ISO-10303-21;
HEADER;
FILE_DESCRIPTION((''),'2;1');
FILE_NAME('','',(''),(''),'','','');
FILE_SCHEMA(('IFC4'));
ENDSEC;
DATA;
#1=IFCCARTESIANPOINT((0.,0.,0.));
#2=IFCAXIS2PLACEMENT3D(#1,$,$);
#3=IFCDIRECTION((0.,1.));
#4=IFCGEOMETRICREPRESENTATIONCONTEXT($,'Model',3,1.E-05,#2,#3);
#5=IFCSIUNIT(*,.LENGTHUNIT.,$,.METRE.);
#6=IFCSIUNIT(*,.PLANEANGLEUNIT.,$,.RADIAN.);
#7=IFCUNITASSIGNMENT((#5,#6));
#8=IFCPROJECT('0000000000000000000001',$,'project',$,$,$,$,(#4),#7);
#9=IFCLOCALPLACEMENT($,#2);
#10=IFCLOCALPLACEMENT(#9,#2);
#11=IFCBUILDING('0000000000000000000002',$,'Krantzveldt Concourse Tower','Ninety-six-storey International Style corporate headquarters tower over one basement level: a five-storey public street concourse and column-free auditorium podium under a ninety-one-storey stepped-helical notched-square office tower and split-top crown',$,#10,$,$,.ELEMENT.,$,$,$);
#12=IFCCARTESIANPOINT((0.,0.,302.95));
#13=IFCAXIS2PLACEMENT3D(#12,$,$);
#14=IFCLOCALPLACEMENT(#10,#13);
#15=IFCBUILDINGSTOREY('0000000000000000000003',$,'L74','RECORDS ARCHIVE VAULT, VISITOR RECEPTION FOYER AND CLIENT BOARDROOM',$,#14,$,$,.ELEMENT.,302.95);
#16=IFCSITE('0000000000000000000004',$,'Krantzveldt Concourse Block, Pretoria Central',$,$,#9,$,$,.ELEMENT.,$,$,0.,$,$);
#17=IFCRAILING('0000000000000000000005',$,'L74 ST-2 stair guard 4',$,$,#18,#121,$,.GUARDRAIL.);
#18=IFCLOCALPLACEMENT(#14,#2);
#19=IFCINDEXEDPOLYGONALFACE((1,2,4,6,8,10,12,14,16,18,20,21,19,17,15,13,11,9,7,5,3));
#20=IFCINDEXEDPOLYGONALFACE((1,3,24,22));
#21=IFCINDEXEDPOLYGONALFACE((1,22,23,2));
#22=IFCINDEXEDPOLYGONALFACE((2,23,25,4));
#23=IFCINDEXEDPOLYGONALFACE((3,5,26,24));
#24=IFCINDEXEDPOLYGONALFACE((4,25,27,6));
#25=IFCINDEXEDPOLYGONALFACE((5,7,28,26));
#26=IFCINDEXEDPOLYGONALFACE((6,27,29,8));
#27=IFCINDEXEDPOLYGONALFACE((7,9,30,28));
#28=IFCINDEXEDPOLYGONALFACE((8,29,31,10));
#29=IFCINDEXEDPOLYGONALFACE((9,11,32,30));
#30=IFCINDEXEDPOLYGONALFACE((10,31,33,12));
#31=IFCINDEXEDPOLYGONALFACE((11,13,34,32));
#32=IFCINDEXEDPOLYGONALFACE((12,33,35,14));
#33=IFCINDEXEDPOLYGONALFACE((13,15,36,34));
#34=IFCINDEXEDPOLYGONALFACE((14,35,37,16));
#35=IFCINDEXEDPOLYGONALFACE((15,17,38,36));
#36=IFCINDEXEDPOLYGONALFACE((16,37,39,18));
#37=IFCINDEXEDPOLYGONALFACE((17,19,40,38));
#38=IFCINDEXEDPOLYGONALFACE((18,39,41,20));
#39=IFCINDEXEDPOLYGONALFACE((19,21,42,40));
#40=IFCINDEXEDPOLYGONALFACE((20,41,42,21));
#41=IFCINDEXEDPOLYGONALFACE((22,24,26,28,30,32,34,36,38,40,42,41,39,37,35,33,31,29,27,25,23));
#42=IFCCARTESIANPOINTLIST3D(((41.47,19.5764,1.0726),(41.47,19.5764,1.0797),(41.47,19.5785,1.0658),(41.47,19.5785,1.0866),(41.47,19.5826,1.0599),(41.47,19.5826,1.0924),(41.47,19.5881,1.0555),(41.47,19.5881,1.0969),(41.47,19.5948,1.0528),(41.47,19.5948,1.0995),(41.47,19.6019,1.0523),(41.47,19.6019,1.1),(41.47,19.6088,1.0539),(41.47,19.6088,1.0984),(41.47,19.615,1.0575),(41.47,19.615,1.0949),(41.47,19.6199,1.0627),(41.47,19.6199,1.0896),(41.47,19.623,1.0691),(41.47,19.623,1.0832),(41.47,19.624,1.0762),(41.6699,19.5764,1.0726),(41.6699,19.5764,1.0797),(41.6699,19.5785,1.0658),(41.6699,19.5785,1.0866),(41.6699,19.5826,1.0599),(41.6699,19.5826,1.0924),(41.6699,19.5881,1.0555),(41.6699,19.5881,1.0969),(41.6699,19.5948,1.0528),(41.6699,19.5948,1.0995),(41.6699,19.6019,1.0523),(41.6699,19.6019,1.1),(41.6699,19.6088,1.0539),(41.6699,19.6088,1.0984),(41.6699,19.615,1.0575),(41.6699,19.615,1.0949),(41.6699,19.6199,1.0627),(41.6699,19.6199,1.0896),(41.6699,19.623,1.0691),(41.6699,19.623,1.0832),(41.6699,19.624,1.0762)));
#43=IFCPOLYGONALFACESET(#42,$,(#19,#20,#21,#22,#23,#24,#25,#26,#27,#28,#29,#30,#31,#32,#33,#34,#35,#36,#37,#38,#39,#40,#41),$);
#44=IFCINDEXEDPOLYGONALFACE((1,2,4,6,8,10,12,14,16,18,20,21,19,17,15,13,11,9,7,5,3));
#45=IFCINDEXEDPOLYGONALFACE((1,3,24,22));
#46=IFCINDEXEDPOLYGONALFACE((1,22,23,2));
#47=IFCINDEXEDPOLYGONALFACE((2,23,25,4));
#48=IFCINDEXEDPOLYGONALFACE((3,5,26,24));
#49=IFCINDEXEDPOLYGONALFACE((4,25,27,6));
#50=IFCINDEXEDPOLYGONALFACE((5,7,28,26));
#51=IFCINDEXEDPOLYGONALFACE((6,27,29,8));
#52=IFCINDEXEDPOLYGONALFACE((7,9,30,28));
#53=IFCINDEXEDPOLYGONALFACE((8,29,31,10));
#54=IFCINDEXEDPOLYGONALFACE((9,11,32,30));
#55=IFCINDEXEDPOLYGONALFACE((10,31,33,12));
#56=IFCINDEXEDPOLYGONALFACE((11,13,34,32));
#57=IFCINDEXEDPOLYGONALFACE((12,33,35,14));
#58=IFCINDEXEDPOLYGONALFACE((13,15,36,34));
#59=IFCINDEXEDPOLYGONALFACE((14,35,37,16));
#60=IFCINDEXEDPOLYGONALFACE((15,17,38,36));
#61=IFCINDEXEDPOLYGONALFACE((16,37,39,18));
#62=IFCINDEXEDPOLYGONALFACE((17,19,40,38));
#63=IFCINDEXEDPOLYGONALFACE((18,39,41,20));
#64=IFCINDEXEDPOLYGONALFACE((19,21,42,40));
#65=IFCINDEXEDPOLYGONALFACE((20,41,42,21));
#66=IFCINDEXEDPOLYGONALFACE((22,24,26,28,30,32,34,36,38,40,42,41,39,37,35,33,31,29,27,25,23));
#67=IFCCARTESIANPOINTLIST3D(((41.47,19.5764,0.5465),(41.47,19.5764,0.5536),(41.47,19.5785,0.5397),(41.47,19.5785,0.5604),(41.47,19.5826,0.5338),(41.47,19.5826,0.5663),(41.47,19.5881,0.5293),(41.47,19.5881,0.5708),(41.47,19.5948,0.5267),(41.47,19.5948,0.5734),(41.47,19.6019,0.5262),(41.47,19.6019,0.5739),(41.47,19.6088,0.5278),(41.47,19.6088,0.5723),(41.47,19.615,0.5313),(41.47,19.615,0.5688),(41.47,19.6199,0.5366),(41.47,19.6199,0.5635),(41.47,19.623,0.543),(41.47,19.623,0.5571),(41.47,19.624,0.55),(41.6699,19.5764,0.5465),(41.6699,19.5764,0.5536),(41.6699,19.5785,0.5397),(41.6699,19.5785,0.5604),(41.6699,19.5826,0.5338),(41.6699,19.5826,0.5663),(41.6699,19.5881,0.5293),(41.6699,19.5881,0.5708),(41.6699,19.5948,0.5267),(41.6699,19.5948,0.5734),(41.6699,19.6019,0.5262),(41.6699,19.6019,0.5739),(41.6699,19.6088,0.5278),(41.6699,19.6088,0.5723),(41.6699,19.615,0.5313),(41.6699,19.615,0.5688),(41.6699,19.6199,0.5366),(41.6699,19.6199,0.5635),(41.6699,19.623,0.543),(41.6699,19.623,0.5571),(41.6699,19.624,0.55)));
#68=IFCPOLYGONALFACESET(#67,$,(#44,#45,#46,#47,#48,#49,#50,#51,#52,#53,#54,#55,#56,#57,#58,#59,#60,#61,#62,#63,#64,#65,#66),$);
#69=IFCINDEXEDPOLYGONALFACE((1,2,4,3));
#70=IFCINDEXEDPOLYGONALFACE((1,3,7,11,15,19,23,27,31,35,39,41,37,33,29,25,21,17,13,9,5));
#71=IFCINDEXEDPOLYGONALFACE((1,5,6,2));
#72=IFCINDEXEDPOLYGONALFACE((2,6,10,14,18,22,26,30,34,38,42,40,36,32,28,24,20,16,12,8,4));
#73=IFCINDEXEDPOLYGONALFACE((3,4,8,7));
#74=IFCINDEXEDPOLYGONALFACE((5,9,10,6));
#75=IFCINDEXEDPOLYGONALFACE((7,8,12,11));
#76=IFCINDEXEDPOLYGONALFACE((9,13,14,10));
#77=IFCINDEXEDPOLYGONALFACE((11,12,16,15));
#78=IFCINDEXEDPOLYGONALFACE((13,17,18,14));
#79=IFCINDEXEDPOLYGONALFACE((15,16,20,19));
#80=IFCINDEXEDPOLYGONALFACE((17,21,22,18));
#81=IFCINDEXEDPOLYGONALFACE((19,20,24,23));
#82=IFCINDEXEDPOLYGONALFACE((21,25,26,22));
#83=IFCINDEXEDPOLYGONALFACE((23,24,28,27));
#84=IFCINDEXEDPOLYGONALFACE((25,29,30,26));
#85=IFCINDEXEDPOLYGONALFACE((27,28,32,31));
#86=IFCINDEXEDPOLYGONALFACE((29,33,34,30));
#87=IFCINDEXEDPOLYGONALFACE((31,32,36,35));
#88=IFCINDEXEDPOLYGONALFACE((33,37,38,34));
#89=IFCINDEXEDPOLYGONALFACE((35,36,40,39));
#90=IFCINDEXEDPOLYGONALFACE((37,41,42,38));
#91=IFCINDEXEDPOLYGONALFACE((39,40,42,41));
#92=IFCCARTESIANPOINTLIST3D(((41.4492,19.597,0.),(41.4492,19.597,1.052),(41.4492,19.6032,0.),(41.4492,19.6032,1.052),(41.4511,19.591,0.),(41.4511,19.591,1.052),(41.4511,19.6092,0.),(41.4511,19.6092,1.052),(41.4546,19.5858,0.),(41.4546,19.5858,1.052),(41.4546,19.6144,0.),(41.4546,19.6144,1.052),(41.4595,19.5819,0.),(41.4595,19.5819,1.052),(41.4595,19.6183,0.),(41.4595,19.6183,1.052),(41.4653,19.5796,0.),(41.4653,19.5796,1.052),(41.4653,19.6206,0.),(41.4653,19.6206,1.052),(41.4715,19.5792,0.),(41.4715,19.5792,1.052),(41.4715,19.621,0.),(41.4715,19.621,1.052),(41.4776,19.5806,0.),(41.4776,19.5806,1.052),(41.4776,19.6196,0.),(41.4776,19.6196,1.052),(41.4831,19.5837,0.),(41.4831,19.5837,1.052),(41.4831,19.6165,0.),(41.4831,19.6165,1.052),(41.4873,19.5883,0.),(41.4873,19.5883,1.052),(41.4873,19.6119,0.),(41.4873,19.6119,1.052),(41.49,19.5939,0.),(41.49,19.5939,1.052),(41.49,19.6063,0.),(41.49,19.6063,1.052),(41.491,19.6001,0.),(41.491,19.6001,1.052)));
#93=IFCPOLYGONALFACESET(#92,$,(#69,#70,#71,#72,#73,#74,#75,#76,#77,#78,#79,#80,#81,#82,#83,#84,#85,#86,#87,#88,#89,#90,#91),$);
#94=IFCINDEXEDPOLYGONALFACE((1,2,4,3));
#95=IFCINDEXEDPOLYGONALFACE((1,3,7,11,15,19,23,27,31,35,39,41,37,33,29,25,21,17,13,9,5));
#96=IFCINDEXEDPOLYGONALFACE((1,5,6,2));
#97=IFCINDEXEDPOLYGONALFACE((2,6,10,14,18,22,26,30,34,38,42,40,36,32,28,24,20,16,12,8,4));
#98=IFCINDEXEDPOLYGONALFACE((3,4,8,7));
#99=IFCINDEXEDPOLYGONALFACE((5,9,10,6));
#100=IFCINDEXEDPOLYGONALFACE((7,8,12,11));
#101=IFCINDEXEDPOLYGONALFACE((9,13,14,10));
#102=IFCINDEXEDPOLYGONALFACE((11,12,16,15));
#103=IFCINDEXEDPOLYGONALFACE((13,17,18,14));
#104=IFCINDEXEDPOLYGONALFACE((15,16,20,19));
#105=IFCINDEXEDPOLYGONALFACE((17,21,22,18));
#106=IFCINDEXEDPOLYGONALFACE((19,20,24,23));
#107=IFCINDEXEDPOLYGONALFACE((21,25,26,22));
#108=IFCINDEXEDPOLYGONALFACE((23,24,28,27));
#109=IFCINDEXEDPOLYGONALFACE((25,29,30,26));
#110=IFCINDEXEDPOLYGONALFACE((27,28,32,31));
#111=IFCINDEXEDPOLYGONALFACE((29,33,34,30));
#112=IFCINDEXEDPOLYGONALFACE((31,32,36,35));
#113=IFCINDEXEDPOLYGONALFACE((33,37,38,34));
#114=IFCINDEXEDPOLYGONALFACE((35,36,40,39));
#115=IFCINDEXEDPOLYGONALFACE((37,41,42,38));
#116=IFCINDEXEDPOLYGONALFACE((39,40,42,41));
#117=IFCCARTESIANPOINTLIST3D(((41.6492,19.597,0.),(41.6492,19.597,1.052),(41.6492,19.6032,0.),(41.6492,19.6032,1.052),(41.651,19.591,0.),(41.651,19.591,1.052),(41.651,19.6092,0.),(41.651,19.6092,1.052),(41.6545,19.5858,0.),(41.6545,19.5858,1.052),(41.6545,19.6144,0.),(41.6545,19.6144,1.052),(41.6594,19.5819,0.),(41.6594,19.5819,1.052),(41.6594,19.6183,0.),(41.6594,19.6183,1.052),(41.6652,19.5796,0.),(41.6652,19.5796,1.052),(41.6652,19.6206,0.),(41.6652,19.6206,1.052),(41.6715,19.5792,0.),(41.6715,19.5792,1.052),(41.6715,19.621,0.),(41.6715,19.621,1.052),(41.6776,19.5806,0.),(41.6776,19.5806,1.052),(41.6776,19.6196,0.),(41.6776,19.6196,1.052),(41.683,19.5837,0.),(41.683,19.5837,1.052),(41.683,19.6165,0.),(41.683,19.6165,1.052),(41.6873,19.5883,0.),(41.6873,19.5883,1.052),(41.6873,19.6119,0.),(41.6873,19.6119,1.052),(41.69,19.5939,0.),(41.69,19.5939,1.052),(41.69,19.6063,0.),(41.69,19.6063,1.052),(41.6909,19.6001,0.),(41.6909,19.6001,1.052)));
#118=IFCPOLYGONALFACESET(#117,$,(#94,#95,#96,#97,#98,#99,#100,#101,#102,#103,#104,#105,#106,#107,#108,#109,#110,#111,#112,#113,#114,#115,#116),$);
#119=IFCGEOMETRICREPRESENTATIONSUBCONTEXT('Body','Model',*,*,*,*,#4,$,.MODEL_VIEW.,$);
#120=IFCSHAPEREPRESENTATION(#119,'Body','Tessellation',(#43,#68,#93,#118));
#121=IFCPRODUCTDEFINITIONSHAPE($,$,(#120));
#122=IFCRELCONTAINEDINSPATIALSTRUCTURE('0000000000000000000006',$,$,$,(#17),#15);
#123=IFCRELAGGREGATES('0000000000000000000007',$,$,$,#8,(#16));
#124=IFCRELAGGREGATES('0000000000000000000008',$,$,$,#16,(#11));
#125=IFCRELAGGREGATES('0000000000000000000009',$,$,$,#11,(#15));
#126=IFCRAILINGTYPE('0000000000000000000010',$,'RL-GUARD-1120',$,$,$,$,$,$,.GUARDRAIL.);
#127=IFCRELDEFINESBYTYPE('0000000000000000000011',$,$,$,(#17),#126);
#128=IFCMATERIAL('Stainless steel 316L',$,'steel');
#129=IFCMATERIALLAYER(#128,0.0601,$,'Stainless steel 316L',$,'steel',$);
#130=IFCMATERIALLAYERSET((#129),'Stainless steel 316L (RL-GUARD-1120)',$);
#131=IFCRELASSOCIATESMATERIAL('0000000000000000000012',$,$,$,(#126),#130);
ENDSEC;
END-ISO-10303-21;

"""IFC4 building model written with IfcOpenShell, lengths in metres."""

from ifc_helpers import new_model, si_unit, direction, frame, origin, origin_2d, place, context, subcontext, project, spatial, circle, extrude, material, layer, layer_set, type_object, element, save


model = new_model("IFC4")

# Units and contexts
model_context = context("Model", 3, precision=1e-05, world=origin(), true_north=direction((0.0, 1.0)))
body_context = subcontext(model_context, "Body", "Model", "MODEL_VIEW")
ifc_project = project(units=[si_unit("LENGTHUNIT", "METRE"), si_unit("PLANEANGLEUNIT", "RADIAN")], contexts=[model_context])

# Site, building, storey
site_placement = place(None, origin())
site = spatial("IfcSite", under=ifc_project, at=site_placement, Name="Krantzveldt Concourse Block, Pretoria Central", CompositionType="ELEMENT", RefElevation=0.0)
building_placement = place(site_placement, origin())
building = spatial("IfcBuilding", under=site, at=building_placement, Name="Krantzveldt Concourse Tower", Description="Ninety-six-storey International Style corporate headquarters tower over one basement level: a five-storey public street concourse and column-free auditorium podium under a ninety-one-storey stepped-helical notched-square office tower and split-top crown", CompositionType="ELEMENT")
storey_placement = place(building_placement, frame((0.0, 0.0, 302.95)))
storey = spatial("IfcBuildingStorey", under=building, at=storey_placement, Name="L74", Description="RECORDS ARCHIVE VAULT, VISITOR RECEPTION FOYER AND CLIENT BOARDROOM", CompositionType="ELEMENT", Elevation=302.95)

# Shared definitions
ifc_material_1 = material(Name="Stainless steel 316L", Category="steel")

# Railing
ifc_layer_1 = layer(ifc_material_1, 0.0601, Name="Stainless steel 316L", Category="steel")
ifc_layer_set_1 = layer_set([ifc_layer_1], Name="Stainless steel 316L (RL-GUARD-1120)")
railing_type_1 = type_object("IfcRailingType", Name="RL-GUARD-1120", PredefinedType="GUARDRAIL", material=ifc_layer_set_1)
railing_1_placement = place(storey_placement, frame((41.47, 19.6001, 0.0)))
element("IfcRailing", 1, at=railing_1_placement, inside=storey, type_object=railing_type_1, Name="L74 ST-2 stair guard 4", PredefinedType="GUARDRAIL", context=body_context, shape_type="SweptSolid", body=[
    extrude(circle(Radius=0.0239, at=origin_2d()), frame((0.0, 0.0, 1.0762), z_axis=(1.0, 0.0, 0.0), x_axis=(0.0, 1.0, 0.0)), (0.0, 0.0, 1.0), 0.2),
    extrude(circle(Radius=0.0239, at=origin_2d()), frame((0.0, 0.0, 0.55), z_axis=(1.0, 0.0, 0.0), x_axis=(0.0, 1.0, 0.0)), (0.0, 0.0, 1.0), 0.2),
    extrude(circle(Radius=0.021, at=origin_2d()), origin(), (0.0, 0.0, 1.0), 1.052),
    extrude(circle(Radius=0.021, at=origin_2d()), frame((0.2, 0.0, 0.0)), (0.0, 0.0, 1.0), 1.052),
])

save(model, "model.ifc")
